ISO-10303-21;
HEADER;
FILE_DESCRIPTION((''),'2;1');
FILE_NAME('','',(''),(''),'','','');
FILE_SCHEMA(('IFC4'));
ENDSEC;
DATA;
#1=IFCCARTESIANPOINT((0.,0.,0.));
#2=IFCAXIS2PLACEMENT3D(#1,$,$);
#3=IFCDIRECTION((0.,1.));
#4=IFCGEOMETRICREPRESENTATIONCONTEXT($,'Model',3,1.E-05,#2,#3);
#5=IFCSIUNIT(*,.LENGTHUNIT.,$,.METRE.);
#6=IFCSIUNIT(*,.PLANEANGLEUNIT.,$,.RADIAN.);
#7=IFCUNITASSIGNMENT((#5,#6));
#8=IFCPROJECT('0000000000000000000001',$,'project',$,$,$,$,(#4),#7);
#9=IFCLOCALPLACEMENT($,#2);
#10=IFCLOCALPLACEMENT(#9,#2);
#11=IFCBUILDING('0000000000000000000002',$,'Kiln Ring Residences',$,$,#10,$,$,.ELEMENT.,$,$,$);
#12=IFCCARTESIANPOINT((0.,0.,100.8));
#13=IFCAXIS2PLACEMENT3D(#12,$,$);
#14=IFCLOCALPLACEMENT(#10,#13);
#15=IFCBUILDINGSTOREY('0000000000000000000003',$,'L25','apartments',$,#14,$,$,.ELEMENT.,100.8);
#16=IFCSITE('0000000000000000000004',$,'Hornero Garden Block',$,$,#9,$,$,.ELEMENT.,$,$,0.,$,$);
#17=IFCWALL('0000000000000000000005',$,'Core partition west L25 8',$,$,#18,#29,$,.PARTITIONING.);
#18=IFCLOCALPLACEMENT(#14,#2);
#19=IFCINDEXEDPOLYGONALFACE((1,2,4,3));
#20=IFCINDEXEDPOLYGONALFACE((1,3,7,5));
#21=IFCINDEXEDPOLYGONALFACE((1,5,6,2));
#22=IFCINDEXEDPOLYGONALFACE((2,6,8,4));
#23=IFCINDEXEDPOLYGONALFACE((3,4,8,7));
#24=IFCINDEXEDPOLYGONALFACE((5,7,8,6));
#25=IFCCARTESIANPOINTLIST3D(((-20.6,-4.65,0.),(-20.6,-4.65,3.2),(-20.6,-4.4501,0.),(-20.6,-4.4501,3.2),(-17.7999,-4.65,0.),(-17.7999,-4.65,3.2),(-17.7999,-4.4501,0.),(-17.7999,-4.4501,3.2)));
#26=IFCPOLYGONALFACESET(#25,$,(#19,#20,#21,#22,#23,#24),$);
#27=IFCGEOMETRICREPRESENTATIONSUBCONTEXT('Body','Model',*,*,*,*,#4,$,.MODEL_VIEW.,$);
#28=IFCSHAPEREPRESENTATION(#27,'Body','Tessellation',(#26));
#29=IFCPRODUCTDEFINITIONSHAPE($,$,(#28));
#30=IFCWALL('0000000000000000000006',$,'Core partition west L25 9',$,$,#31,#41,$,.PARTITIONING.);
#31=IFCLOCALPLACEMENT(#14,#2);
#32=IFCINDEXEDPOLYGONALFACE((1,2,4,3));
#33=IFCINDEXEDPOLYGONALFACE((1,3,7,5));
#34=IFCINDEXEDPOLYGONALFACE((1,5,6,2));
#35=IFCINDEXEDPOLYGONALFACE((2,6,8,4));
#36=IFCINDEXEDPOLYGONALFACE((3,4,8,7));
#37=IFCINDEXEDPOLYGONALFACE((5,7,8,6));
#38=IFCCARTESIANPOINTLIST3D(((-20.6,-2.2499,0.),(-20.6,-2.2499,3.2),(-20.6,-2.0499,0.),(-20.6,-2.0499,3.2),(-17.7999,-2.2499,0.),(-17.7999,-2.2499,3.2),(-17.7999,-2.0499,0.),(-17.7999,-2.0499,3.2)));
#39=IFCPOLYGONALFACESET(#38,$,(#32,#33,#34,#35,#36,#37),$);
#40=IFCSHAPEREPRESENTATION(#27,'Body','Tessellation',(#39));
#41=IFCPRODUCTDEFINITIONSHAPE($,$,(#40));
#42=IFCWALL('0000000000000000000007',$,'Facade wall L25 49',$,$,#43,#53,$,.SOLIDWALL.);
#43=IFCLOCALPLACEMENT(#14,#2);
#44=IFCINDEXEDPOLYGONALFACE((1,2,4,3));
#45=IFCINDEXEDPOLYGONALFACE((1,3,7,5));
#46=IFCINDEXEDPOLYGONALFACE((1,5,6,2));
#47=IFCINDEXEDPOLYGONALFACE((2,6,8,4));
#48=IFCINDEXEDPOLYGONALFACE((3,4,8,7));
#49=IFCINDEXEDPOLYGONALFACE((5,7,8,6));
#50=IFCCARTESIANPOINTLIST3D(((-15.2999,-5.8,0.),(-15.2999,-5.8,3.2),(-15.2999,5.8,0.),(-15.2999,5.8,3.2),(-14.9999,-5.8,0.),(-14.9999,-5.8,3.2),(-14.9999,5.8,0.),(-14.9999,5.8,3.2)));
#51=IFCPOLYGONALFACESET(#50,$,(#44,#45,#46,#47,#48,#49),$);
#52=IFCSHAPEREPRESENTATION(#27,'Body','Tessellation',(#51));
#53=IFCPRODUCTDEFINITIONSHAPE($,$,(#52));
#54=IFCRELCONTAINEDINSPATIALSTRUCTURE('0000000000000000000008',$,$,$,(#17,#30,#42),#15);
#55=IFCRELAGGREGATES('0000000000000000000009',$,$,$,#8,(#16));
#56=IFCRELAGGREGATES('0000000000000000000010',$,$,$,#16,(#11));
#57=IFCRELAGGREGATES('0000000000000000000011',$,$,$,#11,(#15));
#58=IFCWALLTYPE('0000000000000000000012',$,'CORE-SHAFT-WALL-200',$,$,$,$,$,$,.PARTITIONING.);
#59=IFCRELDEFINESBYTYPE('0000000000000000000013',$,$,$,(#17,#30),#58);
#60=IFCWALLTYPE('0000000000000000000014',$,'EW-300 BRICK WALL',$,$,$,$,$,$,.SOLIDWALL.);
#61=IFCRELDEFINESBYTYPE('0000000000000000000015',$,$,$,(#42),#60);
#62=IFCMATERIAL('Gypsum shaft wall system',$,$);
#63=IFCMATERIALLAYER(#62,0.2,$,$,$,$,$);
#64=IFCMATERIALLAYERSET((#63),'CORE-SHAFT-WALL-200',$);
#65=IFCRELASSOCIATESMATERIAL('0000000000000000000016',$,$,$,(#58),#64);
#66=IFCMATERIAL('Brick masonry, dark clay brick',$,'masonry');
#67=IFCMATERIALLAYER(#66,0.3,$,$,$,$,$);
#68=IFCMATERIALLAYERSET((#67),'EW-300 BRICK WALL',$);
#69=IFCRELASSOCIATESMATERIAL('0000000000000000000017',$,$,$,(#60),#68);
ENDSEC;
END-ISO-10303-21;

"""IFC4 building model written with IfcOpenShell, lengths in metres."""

from ifc_helpers import new_model, si_unit, direction, frame, frame_2d, origin, place, context, subcontext, project, spatial, rectangle, extrude, material, layer, layer_set, type_object, element, save


model = new_model("IFC4")

# Units and contexts
model_context = context("Model", 3, precision=1e-05, world=origin(), true_north=direction((0.0, 1.0)))
body_context = subcontext(model_context, "Body", "Model", "MODEL_VIEW")
ifc_project = project(units=[si_unit("LENGTHUNIT", "METRE"), si_unit("PLANEANGLEUNIT", "RADIAN")], contexts=[model_context])

# Site, building, storey
site_placement = place(None, origin())
site = spatial("IfcSite", under=ifc_project, at=site_placement, Name="Hornero Garden Block", CompositionType="ELEMENT", RefElevation=0.0)
building_placement = place(site_placement, origin())
building = spatial("IfcBuilding", under=site, at=building_placement, Name="Kiln Ring Residences", CompositionType="ELEMENT")
storey_placement = place(building_placement, frame((0.0, 0.0, 100.8)))
storey = spatial("IfcBuildingStorey", under=building, at=storey_placement, Name="L25", Description="apartments", CompositionType="ELEMENT", Elevation=100.8)

# Walls
ifc_material_1 = material(Name="Gypsum shaft wall system")
ifc_layer_1 = layer(ifc_material_1, 0.2)
ifc_layer_set_1 = layer_set([ifc_layer_1], Name="CORE-SHAFT-WALL-200")
wall_type_1 = type_object("IfcWallType", Name="CORE-SHAFT-WALL-200", PredefinedType="PARTITIONING", material=ifc_layer_set_1)
for number, where, z_axis, x_axis, name in (
    (1, (-17.8, -4.55, 0.0), (0.0, 0.0, 1.0), (-1.0, 0.0, 0.0), "Core partition west L25 8"),
    (2, (-17.8, -2.1499, 0.0), (0.0, 0.0, 1.0), (-1.0, 0.0, 0.0), "Core partition west L25 9"),
):
    element("IfcWall", number, at=place(storey_placement, frame(where, z_axis=z_axis, x_axis=x_axis)), inside=storey, type_object=wall_type_1, Name=name, PredefinedType="PARTITIONING", context=body_context, shape_type="SweptSolid", body=[
        extrude(rectangle(XDim=2.8, YDim=0.2, at=frame_2d((1.3999, 0.0))), origin(), (0.0, 0.0, 1.0), 3.2),
    ])
ifc_material_2 = material(Name="Brick masonry, dark clay brick", Category="masonry")
ifc_layer_2 = layer(ifc_material_2, 0.3)
ifc_layer_set_2 = layer_set([ifc_layer_2], Name="EW-300 BRICK WALL")
wall_type_2 = type_object("IfcWallType", Name="EW-300 BRICK WALL", PredefinedType="SOLIDWALL", material=ifc_layer_set_2)
wall_1_placement = place(storey_placement, frame((-15.1499, -5.8, 0.0), z_axis=(0.0, 0.0, 1.0), x_axis=(0.0, 1.0, 0.0)))
element("IfcWall", 3, at=wall_1_placement, inside=storey, type_object=wall_type_2, Name="Facade wall L25 49", PredefinedType="SOLIDWALL", context=body_context, shape_type="SweptSolid", body=[
    extrude(rectangle(XDim=11.6001, YDim=0.3, at=frame_2d((5.8, 0.0))), origin(), (0.0, 0.0, 1.0), 3.2),
])

save(model, "model.ifc")
